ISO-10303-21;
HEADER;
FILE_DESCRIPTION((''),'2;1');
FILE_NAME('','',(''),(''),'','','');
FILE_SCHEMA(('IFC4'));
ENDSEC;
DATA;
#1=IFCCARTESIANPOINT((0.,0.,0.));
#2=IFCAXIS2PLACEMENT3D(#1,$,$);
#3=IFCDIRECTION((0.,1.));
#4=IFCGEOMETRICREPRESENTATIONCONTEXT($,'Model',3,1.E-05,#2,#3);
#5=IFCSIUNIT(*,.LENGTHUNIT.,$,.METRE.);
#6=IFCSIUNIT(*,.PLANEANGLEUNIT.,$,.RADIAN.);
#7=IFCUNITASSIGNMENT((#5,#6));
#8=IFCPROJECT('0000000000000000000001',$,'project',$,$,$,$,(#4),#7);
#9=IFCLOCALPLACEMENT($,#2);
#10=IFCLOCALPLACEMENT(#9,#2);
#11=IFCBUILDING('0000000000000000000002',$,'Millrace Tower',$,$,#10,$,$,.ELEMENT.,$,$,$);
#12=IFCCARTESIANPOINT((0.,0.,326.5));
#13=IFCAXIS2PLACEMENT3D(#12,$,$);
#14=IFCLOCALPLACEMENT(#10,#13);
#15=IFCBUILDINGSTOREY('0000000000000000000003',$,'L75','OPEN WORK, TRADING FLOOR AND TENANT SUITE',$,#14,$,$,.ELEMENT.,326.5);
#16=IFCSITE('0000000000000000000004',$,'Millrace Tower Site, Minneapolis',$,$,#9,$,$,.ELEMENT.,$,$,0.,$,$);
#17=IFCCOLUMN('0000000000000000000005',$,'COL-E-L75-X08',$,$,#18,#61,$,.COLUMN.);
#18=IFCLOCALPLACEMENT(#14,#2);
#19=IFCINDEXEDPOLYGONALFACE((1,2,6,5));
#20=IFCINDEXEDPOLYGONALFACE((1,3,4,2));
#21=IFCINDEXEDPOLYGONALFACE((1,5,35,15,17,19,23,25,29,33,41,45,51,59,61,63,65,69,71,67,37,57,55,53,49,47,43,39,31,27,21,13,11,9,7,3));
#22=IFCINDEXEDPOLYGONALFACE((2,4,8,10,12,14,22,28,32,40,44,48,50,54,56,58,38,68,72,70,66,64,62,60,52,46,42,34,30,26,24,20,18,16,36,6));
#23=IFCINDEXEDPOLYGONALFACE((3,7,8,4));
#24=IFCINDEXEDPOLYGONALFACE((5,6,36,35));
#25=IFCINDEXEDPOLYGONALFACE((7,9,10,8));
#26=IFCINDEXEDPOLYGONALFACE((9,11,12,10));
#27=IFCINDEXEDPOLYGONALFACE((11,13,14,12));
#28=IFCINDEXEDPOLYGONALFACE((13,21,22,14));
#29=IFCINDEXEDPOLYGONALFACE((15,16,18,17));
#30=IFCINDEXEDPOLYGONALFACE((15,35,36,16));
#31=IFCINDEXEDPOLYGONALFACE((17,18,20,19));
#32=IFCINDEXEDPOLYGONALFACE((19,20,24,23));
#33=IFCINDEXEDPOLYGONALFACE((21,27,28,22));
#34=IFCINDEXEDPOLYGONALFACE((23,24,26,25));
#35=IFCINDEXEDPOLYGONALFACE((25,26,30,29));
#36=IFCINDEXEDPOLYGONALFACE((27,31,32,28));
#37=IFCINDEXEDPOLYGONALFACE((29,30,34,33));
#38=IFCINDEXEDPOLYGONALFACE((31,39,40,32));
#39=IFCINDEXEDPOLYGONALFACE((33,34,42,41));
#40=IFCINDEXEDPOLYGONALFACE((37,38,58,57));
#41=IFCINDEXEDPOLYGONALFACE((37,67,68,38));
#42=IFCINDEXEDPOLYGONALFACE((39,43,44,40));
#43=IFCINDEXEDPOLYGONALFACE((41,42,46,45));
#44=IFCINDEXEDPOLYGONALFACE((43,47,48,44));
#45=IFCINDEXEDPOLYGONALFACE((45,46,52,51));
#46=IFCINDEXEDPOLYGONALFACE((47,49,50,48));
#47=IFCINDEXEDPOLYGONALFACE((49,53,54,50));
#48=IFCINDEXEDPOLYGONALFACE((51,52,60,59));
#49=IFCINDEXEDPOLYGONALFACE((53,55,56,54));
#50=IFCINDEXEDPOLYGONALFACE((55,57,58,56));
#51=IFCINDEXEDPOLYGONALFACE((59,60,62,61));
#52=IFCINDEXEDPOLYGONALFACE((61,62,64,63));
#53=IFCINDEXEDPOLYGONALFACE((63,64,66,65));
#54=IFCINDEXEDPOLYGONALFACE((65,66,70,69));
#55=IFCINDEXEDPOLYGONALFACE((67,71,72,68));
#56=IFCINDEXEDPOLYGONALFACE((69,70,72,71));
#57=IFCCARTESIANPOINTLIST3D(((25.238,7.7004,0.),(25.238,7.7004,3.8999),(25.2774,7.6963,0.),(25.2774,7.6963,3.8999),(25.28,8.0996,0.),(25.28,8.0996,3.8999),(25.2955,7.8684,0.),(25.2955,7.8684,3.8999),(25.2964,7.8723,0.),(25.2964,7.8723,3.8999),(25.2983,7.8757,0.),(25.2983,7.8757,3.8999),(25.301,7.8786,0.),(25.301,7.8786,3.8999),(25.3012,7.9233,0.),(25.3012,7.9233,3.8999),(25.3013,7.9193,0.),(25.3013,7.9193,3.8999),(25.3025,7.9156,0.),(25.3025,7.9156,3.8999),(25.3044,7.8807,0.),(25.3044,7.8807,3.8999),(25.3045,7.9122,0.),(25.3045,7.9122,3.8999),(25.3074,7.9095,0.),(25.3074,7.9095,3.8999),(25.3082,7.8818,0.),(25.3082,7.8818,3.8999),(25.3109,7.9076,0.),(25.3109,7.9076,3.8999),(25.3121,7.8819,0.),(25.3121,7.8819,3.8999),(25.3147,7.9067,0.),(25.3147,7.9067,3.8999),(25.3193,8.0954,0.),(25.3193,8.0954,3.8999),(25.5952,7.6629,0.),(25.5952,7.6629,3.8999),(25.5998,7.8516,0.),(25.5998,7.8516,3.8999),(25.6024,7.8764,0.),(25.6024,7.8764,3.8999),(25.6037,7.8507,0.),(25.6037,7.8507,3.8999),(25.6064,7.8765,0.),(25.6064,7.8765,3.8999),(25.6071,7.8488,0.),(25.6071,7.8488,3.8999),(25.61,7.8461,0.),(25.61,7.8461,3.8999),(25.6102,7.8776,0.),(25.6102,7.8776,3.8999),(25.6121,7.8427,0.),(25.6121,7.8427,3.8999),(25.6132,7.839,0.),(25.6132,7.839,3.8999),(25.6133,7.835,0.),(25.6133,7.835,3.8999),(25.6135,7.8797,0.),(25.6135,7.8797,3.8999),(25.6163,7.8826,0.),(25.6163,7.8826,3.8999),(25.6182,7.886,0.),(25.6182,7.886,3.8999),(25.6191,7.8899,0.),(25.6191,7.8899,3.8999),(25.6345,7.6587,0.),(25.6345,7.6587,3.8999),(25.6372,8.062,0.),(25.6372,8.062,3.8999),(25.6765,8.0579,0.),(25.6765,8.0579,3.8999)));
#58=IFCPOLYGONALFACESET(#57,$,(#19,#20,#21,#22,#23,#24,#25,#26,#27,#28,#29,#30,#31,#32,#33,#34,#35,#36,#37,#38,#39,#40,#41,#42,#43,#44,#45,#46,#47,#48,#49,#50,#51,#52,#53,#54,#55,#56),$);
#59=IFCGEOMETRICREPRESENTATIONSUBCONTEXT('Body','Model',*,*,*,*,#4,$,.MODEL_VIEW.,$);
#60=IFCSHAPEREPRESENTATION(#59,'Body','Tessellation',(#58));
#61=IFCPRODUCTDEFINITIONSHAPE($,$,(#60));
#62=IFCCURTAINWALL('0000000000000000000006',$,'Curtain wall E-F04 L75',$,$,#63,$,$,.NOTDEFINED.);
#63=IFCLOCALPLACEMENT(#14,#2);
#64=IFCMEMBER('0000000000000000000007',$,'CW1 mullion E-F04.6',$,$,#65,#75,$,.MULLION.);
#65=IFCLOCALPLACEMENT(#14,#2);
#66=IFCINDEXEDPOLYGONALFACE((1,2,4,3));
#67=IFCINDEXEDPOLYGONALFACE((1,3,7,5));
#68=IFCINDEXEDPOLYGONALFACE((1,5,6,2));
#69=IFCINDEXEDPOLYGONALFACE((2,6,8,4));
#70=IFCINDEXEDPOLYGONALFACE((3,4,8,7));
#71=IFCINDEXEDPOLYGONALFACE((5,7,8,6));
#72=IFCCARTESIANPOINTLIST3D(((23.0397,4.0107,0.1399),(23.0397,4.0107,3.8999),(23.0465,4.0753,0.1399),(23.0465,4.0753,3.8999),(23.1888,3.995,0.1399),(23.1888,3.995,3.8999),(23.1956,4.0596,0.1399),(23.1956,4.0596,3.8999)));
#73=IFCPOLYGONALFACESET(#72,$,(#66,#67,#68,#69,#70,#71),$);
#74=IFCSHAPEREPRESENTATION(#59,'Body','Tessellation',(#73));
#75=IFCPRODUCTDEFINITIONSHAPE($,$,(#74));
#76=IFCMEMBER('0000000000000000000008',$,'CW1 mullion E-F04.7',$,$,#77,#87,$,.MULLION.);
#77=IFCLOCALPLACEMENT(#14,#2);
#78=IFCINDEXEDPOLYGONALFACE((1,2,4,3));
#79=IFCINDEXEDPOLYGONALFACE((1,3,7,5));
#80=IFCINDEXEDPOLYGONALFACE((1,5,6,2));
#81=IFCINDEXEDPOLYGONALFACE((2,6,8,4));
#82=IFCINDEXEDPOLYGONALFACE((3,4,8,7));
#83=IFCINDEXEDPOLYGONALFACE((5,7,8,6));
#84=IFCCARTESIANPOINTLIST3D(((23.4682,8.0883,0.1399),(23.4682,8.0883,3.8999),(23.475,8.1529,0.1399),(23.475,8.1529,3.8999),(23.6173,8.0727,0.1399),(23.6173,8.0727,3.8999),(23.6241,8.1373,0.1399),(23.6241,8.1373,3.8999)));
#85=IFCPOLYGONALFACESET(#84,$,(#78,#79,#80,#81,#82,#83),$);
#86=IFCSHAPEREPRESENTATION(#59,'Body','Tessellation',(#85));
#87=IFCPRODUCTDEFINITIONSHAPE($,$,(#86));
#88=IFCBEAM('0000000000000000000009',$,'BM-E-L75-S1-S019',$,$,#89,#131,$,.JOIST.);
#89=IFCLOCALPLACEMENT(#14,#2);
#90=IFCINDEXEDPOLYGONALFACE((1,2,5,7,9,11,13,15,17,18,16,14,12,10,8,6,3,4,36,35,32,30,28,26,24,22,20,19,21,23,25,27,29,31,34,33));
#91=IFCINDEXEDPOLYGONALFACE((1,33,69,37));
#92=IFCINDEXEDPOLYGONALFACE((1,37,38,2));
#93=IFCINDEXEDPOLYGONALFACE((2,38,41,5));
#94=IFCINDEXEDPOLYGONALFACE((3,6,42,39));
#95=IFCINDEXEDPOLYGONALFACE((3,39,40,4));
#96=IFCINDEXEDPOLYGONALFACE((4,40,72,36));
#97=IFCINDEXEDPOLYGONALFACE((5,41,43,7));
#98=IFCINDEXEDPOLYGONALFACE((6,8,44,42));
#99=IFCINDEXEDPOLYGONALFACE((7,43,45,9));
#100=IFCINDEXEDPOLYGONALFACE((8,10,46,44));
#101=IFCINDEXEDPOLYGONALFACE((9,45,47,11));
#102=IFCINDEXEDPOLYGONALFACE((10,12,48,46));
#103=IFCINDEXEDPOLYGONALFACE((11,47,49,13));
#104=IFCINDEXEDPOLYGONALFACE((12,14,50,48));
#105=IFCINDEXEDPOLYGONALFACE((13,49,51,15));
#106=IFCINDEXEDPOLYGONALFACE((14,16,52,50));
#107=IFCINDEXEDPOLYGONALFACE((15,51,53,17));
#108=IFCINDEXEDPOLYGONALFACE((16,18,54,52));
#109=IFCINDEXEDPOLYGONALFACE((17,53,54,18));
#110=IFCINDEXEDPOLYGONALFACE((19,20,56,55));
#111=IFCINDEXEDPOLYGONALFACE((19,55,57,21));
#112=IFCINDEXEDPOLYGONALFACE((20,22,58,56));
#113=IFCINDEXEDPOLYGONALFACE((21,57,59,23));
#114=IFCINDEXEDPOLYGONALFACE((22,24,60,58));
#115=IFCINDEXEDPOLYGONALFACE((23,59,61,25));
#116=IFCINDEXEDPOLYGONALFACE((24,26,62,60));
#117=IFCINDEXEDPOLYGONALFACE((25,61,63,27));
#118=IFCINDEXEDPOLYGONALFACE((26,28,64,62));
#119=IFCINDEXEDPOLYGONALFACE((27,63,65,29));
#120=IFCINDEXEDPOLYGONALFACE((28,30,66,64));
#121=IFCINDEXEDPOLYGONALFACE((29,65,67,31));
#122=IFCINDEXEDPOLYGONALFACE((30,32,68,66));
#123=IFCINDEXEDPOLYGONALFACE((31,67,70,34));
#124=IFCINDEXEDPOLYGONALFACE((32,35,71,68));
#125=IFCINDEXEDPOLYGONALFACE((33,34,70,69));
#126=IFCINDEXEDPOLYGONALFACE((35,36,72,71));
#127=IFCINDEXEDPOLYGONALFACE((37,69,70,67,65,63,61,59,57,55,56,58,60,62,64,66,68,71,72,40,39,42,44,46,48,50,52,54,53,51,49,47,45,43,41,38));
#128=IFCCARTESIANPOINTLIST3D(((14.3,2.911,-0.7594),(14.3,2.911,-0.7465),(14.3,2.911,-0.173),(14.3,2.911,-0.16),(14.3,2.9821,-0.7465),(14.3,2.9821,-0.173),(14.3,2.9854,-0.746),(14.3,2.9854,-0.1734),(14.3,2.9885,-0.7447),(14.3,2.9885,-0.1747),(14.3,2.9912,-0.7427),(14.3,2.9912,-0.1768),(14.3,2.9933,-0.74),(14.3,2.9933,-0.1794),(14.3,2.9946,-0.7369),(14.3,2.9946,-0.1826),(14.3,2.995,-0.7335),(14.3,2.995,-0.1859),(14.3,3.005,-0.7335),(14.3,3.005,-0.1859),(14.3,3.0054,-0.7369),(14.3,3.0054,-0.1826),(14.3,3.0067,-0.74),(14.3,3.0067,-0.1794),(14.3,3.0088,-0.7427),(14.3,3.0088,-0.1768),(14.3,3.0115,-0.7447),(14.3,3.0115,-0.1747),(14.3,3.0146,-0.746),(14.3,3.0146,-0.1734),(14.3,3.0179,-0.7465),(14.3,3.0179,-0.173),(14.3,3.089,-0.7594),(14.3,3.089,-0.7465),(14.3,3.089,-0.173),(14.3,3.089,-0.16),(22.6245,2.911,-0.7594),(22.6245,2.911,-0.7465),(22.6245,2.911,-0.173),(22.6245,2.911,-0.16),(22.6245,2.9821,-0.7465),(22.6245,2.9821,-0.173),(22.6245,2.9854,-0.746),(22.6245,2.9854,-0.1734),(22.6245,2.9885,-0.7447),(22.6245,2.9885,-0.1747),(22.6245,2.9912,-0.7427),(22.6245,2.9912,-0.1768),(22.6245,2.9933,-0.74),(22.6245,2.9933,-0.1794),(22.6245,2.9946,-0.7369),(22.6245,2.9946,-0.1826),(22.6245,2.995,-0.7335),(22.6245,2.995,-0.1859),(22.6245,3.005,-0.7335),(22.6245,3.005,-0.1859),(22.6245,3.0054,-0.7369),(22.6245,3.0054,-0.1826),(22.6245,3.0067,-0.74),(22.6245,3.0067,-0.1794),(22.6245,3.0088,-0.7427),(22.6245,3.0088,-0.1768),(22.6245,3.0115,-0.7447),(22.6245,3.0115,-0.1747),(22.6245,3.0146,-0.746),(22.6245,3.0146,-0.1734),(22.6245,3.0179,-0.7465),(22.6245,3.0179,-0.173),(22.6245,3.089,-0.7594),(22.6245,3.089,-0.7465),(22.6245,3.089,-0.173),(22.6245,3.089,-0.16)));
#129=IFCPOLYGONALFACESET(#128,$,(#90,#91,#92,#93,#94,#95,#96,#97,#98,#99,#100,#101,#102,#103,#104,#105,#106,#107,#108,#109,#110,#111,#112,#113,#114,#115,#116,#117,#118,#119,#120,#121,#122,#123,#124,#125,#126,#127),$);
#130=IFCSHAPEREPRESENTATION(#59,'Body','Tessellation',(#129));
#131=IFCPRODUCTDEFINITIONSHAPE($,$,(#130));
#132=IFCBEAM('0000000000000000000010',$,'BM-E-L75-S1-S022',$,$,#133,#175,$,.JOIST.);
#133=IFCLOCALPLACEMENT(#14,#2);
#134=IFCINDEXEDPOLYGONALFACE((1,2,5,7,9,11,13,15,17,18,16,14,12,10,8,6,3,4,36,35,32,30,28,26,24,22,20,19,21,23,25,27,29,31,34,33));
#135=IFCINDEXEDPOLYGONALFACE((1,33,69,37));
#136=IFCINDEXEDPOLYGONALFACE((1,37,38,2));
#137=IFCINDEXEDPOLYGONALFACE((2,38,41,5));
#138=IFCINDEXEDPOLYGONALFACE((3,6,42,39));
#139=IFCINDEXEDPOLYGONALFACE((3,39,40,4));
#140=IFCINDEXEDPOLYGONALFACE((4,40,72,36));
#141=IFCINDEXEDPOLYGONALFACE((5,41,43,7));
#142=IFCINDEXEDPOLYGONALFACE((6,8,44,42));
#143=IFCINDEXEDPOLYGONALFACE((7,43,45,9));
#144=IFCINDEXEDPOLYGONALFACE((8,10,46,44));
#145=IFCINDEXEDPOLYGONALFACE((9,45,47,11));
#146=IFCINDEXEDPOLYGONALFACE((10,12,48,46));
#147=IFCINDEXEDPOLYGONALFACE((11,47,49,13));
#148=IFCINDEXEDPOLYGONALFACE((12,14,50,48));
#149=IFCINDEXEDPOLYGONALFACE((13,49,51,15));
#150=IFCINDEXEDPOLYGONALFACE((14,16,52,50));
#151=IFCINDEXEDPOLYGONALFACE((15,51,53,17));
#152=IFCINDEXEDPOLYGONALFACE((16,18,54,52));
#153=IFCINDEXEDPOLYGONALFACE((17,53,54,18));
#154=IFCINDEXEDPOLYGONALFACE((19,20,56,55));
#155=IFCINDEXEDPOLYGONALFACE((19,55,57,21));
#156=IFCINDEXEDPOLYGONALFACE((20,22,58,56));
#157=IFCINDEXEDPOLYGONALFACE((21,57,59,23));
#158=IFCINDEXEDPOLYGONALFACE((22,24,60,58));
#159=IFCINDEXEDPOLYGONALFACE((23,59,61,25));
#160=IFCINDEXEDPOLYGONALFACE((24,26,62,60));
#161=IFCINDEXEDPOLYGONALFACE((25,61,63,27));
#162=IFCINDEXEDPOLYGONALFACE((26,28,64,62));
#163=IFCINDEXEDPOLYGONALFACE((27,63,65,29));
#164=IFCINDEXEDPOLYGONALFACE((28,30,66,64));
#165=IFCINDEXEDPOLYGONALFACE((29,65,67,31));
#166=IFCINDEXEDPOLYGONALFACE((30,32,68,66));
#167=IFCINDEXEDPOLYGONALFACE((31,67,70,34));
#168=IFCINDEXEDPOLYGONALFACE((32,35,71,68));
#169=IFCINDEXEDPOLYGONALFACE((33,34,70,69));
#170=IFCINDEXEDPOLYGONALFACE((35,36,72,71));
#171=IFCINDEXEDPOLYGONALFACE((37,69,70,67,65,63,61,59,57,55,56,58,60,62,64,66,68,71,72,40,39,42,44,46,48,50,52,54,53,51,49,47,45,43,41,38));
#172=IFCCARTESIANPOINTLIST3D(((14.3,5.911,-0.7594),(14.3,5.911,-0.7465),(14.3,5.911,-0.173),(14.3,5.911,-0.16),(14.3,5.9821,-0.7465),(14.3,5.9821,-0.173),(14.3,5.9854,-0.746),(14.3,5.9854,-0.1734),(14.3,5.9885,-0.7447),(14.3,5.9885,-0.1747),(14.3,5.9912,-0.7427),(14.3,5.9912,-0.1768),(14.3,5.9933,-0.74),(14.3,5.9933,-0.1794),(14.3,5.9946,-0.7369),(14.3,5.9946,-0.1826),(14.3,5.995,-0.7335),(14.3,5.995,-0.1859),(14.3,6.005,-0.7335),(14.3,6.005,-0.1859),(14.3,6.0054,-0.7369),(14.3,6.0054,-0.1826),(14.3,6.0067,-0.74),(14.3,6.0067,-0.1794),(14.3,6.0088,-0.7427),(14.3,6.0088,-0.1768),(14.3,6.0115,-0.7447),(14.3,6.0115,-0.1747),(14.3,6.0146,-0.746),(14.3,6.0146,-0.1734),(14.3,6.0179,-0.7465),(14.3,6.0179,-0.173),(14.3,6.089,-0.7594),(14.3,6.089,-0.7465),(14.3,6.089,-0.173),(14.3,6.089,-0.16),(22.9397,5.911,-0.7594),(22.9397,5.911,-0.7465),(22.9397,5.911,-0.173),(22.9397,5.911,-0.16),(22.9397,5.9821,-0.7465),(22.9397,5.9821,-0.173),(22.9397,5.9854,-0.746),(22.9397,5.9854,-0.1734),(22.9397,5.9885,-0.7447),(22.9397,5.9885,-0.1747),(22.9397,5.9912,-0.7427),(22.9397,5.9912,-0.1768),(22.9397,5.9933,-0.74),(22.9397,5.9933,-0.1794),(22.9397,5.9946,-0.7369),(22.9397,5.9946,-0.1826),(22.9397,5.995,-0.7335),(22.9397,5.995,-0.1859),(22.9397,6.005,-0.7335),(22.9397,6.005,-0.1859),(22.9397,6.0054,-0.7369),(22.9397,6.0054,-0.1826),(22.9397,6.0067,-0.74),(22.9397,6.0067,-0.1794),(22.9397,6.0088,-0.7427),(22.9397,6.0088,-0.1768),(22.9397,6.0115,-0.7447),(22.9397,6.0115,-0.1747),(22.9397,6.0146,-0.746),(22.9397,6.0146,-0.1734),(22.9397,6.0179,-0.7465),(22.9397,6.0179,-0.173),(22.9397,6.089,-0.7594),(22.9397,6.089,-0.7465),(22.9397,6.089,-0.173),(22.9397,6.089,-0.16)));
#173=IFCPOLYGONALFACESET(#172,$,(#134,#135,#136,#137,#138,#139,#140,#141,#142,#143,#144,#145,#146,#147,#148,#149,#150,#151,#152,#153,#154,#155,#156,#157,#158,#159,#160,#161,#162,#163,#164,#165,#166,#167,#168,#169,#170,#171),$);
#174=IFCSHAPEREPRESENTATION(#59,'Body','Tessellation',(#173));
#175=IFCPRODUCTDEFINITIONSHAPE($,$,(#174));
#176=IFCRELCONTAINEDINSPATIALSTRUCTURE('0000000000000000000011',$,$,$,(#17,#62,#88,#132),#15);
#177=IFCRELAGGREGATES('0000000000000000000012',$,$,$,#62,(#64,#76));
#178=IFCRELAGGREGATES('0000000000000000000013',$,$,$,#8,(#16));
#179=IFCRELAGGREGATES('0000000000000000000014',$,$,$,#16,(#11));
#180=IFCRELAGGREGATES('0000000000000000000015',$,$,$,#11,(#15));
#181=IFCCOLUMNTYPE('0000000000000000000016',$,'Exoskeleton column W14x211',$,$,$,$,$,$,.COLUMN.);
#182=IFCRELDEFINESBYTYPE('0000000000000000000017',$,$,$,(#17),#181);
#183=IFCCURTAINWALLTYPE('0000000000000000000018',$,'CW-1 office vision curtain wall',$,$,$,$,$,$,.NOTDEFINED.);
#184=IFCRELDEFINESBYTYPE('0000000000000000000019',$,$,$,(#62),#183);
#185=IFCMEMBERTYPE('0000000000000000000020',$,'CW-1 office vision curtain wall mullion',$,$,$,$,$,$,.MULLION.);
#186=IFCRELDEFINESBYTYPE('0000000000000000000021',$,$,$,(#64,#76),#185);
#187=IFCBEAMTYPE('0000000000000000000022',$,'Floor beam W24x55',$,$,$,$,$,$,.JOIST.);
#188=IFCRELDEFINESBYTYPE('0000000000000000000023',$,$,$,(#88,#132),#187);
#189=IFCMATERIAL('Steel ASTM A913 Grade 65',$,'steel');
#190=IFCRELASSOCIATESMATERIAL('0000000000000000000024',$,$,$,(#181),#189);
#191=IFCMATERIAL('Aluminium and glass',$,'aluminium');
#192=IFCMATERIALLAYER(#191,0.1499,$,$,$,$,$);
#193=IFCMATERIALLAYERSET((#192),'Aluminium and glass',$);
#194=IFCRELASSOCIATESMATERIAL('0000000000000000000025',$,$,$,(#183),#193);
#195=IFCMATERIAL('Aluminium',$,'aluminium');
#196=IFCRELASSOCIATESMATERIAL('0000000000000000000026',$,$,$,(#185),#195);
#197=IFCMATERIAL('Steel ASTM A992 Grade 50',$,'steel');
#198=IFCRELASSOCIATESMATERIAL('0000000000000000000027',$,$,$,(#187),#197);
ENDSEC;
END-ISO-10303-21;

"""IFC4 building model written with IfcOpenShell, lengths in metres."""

from ifc_helpers import new_model, si_unit, direction, frame, origin, origin_2d, place, context, subcontext, project, spatial, rectangle, i_section, extrude, material, layer, layer_set, material_profile, profile_set, type_object, element, aggregate, save


model = new_model("IFC4")

# Units and contexts
model_context = context("Model", 3, precision=1e-05, world=origin(), true_north=direction((0.0, 1.0)))
body_context = subcontext(model_context, "Body", "Model", "MODEL_VIEW")
ifc_project = project(units=[si_unit("LENGTHUNIT", "METRE"), si_unit("PLANEANGLEUNIT", "RADIAN")], contexts=[model_context])

# Site, building, storey
site_placement = place(None, origin())
site = spatial("IfcSite", under=ifc_project, at=site_placement, Name="Millrace Tower Site, Minneapolis", CompositionType="ELEMENT", RefElevation=0.0)
building_placement = place(site_placement, origin())
building = spatial("IfcBuilding", under=site, at=building_placement, Name="Millrace Tower", CompositionType="ELEMENT")
storey_placement = place(building_placement, frame((0.0, 0.0, 326.5)))
storey = spatial("IfcBuildingStorey", under=building, at=storey_placement, Name="L75", Description="OPEN WORK, TRADING FLOOR AND TENANT SUITE", CompositionType="ELEMENT", Elevation=326.5)

# Column
ifc_material_1 = material(Name="Steel ASTM A913 Grade 65", Category="steel")
ifc_material_profile_1 = material_profile(ifc_material_1, i_section(OverallWidth=0.4014, OverallDepth=0.3987, WebThickness=0.0249, FlangeThickness=0.0396, FilletRadius=0.0151, at=origin_2d()))
ifc_profile_set_1 = profile_set([ifc_material_profile_1], Name="Steel ASTM A913 Grade 65")
column_type = type_object("IfcColumnType", Name="Exoskeleton column W14x211", PredefinedType="COLUMN", material=ifc_profile_set_1)
column_placement = place(storey_placement, frame((25.4573, 7.8792, 0.0), z_axis=(0.0, 0.0, 1.0), x_axis=(0.104528, 0.994522, 0.0)))
element("IfcColumn", 1, at=column_placement, inside=storey, type_object=column_type, Name="COL-E-L75-X08", PredefinedType="COLUMN", context=body_context, shape_type="SweptSolid", body=[
    extrude(i_section(OverallWidth=0.4014, OverallDepth=0.3987, WebThickness=0.0249, FlangeThickness=0.0396, FilletRadius=0.0151, at=origin_2d()), origin(), (0.0, 0.0, 1.0), 3.8999),
])

# Curtain wall, members
ifc_material_2 = material(Name="Aluminium and glass", Category="aluminium")
ifc_layer_1 = layer(ifc_material_2, 0.1499)
ifc_layer_set_1 = layer_set([ifc_layer_1], Name="Aluminium and glass")
curtain_wall_type = type_object("IfcCurtainWallType", Name="CW-1 office vision curtain wall", PredefinedType="NOTDEFINED", material=ifc_layer_set_1)
curtain_wall_placement = place(storey_placement, origin())
curtain_wall = element("IfcCurtainWall", 2, at=curtain_wall_placement, inside=storey, type_object=curtain_wall_type, Name="Curtain wall E-F04 L75", PredefinedType="NOTDEFINED")
ifc_material_3 = material(Name="Aluminium", Category="aluminium")
ifc_material_profile_2 = material_profile(ifc_material_3, rectangle(XDim=0.0649, YDim=0.1499, at=origin_2d()))
ifc_profile_set_2 = profile_set([ifc_material_profile_2], Name="Aluminium")
member_type = type_object("IfcMemberType", Name="CW-1 office vision curtain wall mullion", PredefinedType="MULLION", material=ifc_profile_set_2)
member_1_placement = place(storey_placement, frame((23.1177, 4.0352, 0.1399), z_axis=(0.0, 0.0, 1.0), x_axis=(0.104528, 0.994522, 0.0)))
member_1 = element("IfcMember", 3, at=member_1_placement, type_object=member_type, Name="CW1 mullion E-F04.6", PredefinedType="MULLION", context=body_context, shape_type="SweptSolid", body=[
    extrude(rectangle(XDim=0.0649, YDim=0.1499, at=origin_2d()), origin(), (0.0, 0.0, 1.0), 3.76),
])
member_2_placement = place(storey_placement, frame((23.5461, 8.1128, 0.1399), z_axis=(0.0, 0.0, 1.0), x_axis=(0.104528, 0.994522, 0.0)))
member_2 = element("IfcMember", 4, at=member_2_placement, type_object=member_type, Name="CW1 mullion E-F04.7", PredefinedType="MULLION", context=body_context, shape_type="SweptSolid", body=[
    extrude(rectangle(XDim=0.0649, YDim=0.1499, at=origin_2d()), origin(), (0.0, 0.0, 1.0), 3.76),
])
aggregate(curtain_wall, [member_1, member_2])

# Beams
ifc_material_4 = material(Name="Steel ASTM A992 Grade 50", Category="steel")
ifc_material_profile_3 = material_profile(ifc_material_4, i_section(OverallWidth=0.178, OverallDepth=0.5994, WebThickness=0.01, FlangeThickness=0.0129, FilletRadius=0.0129, at=origin_2d()))
ifc_profile_set_3 = profile_set([ifc_material_profile_3], Name="Steel ASTM A992 Grade 50")
beam_type_1 = type_object("IfcBeamType", Name="Floor beam W24x55", PredefinedType="JOIST", material=ifc_profile_set_3)
beam_1_placement = place(storey_placement, frame((14.3, 3.0, -0.4597), z_axis=(1.0, 0.0, 0.0), x_axis=(0.0, 1.0, 0.0)))
element("IfcBeam", 5, at=beam_1_placement, inside=storey, type_object=beam_type_1, Name="BM-E-L75-S1-S019", PredefinedType="JOIST", context=body_context, shape_type="SweptSolid", body=[
    extrude(i_section(OverallWidth=0.178, OverallDepth=0.5994, WebThickness=0.01, FlangeThickness=0.0129, FilletRadius=0.0129, at=origin_2d()), origin(), (0.0, 0.0, 1.0), 8.3245),
])
beam_2_placement = place(storey_placement, frame((14.3, 6.0, -0.4597), z_axis=(1.0, 0.0, 0.0), x_axis=(0.0, 1.0, 0.0)))
element("IfcBeam", 6, at=beam_2_placement, inside=storey, type_object=beam_type_1, Name="BM-E-L75-S1-S022", PredefinedType="JOIST", context=body_context, shape_type="SweptSolid", body=[
    extrude(i_section(OverallWidth=0.178, OverallDepth=0.5994, WebThickness=0.01, FlangeThickness=0.0129, FilletRadius=0.0129, at=origin_2d()), origin(), (0.0, 0.0, 1.0), 8.6396),
])

save(model, "model.ifc")
